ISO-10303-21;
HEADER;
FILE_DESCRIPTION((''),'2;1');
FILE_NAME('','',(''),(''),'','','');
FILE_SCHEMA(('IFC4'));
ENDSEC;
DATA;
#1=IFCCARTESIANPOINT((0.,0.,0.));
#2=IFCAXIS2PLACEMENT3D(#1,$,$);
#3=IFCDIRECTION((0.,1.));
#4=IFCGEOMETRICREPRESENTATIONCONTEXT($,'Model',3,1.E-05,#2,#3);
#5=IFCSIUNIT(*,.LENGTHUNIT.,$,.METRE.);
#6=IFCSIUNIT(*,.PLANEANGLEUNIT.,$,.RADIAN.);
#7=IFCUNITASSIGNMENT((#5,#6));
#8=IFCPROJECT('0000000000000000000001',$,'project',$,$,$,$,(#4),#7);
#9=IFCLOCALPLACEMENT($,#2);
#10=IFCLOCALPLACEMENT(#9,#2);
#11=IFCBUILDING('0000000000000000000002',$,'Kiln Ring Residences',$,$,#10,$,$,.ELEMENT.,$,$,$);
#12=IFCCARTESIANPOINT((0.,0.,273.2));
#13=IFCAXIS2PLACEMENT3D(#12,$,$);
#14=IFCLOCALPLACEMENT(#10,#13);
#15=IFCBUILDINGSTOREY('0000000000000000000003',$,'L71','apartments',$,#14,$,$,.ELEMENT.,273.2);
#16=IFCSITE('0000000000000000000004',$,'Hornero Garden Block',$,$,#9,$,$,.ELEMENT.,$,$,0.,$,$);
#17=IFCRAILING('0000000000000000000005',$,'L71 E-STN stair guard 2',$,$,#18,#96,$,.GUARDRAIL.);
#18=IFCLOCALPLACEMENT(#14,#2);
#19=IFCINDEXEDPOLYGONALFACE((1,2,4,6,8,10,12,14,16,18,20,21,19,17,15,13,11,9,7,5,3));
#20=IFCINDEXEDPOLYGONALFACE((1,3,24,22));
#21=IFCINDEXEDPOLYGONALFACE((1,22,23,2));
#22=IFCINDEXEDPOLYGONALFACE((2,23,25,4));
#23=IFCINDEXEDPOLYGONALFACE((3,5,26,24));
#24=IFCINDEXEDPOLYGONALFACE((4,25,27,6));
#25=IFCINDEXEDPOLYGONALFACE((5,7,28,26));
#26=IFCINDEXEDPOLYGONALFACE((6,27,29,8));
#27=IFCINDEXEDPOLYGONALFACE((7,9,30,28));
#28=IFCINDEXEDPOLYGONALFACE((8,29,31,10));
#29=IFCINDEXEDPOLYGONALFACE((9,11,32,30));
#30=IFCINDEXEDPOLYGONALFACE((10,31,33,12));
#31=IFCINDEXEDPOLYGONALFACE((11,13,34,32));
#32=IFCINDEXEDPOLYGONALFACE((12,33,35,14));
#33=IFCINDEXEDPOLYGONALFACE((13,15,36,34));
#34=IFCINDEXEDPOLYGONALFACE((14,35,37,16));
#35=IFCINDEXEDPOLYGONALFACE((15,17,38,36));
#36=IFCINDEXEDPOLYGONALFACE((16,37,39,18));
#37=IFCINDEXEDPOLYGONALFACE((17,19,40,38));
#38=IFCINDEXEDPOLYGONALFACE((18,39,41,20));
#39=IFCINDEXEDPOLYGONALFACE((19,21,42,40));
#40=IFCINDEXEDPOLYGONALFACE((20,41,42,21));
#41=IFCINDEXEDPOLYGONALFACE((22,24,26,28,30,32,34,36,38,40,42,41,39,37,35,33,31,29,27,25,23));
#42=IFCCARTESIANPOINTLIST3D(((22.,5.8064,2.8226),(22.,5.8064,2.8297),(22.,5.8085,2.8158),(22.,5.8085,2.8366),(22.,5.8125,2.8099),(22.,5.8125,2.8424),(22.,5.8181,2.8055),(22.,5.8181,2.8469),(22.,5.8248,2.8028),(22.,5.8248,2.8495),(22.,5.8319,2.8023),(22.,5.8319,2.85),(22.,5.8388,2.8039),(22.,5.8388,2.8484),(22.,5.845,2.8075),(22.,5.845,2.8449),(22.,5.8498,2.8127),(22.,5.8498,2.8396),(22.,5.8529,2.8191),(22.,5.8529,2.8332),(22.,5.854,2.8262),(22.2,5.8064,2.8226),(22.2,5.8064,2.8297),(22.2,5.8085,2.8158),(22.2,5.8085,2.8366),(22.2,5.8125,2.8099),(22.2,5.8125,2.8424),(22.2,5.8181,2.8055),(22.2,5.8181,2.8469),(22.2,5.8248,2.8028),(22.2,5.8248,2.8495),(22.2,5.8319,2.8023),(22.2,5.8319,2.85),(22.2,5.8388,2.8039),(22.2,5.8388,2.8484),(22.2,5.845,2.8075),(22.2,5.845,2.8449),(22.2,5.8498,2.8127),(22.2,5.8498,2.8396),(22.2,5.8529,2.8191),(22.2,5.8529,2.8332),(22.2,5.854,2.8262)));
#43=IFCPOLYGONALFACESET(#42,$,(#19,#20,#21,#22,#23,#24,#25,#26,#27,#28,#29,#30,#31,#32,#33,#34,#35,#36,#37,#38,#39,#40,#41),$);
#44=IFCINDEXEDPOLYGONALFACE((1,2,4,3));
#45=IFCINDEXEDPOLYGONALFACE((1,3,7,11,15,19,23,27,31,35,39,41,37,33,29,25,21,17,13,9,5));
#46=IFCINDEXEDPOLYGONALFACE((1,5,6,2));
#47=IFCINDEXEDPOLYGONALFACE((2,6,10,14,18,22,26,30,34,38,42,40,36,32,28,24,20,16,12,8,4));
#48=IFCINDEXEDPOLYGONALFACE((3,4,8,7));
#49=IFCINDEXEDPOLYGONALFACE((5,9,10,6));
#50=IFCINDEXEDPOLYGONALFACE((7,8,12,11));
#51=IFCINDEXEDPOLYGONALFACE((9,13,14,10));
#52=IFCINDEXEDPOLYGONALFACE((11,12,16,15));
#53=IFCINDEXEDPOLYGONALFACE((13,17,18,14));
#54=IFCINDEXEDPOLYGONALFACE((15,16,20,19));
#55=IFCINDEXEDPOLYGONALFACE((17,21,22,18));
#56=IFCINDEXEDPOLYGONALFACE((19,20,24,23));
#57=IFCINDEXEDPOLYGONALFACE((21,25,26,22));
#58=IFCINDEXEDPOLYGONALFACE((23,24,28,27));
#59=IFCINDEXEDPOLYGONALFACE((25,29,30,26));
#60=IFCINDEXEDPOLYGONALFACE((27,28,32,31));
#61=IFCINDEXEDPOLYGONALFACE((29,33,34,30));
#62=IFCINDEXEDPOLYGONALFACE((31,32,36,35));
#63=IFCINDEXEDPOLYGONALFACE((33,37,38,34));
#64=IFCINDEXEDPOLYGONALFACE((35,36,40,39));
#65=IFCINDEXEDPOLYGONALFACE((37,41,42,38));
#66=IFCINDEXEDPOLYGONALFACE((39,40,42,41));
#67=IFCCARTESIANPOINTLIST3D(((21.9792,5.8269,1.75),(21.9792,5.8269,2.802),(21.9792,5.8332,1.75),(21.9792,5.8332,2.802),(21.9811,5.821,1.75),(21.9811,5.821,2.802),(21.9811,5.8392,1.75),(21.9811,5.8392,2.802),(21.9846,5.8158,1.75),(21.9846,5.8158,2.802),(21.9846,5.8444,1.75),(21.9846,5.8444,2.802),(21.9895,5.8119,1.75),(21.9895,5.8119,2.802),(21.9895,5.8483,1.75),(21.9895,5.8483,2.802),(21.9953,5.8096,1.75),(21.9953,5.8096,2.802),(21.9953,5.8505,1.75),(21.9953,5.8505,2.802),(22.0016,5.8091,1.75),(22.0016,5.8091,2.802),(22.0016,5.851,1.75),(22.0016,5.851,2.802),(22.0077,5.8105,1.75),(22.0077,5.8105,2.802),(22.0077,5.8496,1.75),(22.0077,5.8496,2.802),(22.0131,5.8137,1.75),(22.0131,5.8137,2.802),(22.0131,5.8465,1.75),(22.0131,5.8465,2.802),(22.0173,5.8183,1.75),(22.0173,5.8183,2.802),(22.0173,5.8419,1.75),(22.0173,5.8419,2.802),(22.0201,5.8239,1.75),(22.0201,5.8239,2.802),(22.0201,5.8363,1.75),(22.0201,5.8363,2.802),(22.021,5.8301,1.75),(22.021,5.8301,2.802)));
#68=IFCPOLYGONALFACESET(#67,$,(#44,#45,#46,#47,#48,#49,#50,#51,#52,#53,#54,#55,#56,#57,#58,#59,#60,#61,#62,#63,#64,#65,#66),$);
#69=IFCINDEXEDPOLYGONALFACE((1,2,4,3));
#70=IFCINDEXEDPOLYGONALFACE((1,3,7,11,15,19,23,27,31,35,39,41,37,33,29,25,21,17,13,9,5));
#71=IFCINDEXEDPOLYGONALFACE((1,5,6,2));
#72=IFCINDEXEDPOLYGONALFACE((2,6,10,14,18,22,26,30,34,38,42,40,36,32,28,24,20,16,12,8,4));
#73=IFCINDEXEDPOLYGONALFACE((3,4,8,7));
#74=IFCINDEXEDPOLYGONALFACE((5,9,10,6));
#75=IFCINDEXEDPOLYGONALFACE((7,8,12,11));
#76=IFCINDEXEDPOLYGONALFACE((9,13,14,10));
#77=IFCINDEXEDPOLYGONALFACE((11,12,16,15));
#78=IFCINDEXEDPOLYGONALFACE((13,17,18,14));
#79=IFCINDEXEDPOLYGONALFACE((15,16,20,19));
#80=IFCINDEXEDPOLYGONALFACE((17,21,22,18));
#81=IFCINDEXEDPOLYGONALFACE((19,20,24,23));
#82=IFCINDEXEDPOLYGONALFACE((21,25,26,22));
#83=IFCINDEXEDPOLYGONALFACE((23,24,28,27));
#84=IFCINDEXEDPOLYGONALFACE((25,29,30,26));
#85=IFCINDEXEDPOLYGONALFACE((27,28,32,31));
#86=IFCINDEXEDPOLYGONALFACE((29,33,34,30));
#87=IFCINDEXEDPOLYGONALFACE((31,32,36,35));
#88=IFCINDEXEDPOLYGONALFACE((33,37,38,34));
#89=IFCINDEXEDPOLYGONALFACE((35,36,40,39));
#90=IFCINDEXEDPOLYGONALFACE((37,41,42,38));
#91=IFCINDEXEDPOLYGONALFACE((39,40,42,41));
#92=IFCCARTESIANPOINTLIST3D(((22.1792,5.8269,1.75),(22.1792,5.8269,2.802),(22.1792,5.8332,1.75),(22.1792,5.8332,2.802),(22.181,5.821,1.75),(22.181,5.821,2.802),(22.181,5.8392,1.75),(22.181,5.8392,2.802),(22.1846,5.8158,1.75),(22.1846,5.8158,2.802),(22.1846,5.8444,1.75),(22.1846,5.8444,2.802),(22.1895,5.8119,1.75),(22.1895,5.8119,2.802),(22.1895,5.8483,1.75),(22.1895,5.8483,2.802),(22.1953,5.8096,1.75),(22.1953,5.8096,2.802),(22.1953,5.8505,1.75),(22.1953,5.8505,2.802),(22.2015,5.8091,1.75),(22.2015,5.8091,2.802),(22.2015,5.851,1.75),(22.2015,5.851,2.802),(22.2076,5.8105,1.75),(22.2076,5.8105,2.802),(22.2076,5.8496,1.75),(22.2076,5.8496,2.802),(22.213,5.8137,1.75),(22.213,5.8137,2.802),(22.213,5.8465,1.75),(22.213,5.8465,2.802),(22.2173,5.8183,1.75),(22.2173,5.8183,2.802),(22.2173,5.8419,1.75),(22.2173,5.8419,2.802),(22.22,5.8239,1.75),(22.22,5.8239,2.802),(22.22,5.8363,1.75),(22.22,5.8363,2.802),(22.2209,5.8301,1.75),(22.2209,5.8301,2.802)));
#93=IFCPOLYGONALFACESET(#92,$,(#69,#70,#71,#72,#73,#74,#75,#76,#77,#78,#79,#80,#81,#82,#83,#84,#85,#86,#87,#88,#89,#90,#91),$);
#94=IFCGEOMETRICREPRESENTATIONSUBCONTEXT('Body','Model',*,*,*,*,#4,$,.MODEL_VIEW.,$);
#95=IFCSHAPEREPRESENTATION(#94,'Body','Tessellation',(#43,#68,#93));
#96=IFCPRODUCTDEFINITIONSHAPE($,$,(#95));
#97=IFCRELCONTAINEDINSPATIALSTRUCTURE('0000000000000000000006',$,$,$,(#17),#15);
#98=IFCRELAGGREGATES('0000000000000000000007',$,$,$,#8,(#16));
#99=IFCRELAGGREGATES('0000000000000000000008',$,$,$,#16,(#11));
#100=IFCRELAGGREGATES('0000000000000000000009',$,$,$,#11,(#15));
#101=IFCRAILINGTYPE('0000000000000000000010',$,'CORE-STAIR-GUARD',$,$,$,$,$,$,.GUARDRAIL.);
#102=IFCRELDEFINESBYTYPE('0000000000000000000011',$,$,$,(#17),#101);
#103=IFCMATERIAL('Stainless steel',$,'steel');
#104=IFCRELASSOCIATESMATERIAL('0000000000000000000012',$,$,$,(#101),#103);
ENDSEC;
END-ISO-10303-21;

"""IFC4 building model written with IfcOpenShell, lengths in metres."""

from ifc_helpers import new_model, si_unit, direction, frame, origin, origin_2d, place, context, subcontext, project, spatial, circle, extrude, material, type_object, element, save


model = new_model("IFC4")

# Units and contexts
model_context = context("Model", 3, precision=1e-05, world=origin(), true_north=direction((0.0, 1.0)))
body_context = subcontext(model_context, "Body", "Model", "MODEL_VIEW")
ifc_project = project(units=[si_unit("LENGTHUNIT", "METRE"), si_unit("PLANEANGLEUNIT", "RADIAN")], contexts=[model_context])

# Site, building, storey
site_placement = place(None, origin())
site = spatial("IfcSite", under=ifc_project, at=site_placement, Name="Hornero Garden Block", CompositionType="ELEMENT", RefElevation=0.0)
building_placement = place(site_placement, origin())
building = spatial("IfcBuilding", under=site, at=building_placement, Name="Kiln Ring Residences", CompositionType="ELEMENT")
storey_placement = place(building_placement, frame((0.0, 0.0, 273.2)))
storey = spatial("IfcBuildingStorey", under=building, at=storey_placement, Name="L71", Description="apartments", CompositionType="ELEMENT", Elevation=273.2)

# Railing
ifc_material_1 = material(Name="Stainless steel", Category="steel")
railing_type_1 = type_object("IfcRailingType", Name="CORE-STAIR-GUARD", PredefinedType="GUARDRAIL", material=ifc_material_1)
railing_1_placement = place(storey_placement, frame((22.0, 5.8301, 1.75)))
element("IfcRailing", 1, at=railing_1_placement, inside=storey, type_object=railing_type_1, Name="L71 E-STN stair guard 2", PredefinedType="GUARDRAIL", context=body_context, shape_type="SweptSolid", body=[
    extrude(circle(Radius=0.0239, at=origin_2d()), frame((0.0, 0.0, 1.0762), z_axis=(1.0, 0.0, 0.0), x_axis=(0.0, 1.0, 0.0)), (0.0, 0.0, 1.0), 0.2),
    extrude(circle(Radius=0.021, at=origin_2d()), origin(), (0.0, 0.0, 1.0), 1.052),
    extrude(circle(Radius=0.021, at=origin_2d()), frame((0.2, 0.0, 0.0)), (0.0, 0.0, 1.0), 1.052),
])

save(model, "model.ifc")
